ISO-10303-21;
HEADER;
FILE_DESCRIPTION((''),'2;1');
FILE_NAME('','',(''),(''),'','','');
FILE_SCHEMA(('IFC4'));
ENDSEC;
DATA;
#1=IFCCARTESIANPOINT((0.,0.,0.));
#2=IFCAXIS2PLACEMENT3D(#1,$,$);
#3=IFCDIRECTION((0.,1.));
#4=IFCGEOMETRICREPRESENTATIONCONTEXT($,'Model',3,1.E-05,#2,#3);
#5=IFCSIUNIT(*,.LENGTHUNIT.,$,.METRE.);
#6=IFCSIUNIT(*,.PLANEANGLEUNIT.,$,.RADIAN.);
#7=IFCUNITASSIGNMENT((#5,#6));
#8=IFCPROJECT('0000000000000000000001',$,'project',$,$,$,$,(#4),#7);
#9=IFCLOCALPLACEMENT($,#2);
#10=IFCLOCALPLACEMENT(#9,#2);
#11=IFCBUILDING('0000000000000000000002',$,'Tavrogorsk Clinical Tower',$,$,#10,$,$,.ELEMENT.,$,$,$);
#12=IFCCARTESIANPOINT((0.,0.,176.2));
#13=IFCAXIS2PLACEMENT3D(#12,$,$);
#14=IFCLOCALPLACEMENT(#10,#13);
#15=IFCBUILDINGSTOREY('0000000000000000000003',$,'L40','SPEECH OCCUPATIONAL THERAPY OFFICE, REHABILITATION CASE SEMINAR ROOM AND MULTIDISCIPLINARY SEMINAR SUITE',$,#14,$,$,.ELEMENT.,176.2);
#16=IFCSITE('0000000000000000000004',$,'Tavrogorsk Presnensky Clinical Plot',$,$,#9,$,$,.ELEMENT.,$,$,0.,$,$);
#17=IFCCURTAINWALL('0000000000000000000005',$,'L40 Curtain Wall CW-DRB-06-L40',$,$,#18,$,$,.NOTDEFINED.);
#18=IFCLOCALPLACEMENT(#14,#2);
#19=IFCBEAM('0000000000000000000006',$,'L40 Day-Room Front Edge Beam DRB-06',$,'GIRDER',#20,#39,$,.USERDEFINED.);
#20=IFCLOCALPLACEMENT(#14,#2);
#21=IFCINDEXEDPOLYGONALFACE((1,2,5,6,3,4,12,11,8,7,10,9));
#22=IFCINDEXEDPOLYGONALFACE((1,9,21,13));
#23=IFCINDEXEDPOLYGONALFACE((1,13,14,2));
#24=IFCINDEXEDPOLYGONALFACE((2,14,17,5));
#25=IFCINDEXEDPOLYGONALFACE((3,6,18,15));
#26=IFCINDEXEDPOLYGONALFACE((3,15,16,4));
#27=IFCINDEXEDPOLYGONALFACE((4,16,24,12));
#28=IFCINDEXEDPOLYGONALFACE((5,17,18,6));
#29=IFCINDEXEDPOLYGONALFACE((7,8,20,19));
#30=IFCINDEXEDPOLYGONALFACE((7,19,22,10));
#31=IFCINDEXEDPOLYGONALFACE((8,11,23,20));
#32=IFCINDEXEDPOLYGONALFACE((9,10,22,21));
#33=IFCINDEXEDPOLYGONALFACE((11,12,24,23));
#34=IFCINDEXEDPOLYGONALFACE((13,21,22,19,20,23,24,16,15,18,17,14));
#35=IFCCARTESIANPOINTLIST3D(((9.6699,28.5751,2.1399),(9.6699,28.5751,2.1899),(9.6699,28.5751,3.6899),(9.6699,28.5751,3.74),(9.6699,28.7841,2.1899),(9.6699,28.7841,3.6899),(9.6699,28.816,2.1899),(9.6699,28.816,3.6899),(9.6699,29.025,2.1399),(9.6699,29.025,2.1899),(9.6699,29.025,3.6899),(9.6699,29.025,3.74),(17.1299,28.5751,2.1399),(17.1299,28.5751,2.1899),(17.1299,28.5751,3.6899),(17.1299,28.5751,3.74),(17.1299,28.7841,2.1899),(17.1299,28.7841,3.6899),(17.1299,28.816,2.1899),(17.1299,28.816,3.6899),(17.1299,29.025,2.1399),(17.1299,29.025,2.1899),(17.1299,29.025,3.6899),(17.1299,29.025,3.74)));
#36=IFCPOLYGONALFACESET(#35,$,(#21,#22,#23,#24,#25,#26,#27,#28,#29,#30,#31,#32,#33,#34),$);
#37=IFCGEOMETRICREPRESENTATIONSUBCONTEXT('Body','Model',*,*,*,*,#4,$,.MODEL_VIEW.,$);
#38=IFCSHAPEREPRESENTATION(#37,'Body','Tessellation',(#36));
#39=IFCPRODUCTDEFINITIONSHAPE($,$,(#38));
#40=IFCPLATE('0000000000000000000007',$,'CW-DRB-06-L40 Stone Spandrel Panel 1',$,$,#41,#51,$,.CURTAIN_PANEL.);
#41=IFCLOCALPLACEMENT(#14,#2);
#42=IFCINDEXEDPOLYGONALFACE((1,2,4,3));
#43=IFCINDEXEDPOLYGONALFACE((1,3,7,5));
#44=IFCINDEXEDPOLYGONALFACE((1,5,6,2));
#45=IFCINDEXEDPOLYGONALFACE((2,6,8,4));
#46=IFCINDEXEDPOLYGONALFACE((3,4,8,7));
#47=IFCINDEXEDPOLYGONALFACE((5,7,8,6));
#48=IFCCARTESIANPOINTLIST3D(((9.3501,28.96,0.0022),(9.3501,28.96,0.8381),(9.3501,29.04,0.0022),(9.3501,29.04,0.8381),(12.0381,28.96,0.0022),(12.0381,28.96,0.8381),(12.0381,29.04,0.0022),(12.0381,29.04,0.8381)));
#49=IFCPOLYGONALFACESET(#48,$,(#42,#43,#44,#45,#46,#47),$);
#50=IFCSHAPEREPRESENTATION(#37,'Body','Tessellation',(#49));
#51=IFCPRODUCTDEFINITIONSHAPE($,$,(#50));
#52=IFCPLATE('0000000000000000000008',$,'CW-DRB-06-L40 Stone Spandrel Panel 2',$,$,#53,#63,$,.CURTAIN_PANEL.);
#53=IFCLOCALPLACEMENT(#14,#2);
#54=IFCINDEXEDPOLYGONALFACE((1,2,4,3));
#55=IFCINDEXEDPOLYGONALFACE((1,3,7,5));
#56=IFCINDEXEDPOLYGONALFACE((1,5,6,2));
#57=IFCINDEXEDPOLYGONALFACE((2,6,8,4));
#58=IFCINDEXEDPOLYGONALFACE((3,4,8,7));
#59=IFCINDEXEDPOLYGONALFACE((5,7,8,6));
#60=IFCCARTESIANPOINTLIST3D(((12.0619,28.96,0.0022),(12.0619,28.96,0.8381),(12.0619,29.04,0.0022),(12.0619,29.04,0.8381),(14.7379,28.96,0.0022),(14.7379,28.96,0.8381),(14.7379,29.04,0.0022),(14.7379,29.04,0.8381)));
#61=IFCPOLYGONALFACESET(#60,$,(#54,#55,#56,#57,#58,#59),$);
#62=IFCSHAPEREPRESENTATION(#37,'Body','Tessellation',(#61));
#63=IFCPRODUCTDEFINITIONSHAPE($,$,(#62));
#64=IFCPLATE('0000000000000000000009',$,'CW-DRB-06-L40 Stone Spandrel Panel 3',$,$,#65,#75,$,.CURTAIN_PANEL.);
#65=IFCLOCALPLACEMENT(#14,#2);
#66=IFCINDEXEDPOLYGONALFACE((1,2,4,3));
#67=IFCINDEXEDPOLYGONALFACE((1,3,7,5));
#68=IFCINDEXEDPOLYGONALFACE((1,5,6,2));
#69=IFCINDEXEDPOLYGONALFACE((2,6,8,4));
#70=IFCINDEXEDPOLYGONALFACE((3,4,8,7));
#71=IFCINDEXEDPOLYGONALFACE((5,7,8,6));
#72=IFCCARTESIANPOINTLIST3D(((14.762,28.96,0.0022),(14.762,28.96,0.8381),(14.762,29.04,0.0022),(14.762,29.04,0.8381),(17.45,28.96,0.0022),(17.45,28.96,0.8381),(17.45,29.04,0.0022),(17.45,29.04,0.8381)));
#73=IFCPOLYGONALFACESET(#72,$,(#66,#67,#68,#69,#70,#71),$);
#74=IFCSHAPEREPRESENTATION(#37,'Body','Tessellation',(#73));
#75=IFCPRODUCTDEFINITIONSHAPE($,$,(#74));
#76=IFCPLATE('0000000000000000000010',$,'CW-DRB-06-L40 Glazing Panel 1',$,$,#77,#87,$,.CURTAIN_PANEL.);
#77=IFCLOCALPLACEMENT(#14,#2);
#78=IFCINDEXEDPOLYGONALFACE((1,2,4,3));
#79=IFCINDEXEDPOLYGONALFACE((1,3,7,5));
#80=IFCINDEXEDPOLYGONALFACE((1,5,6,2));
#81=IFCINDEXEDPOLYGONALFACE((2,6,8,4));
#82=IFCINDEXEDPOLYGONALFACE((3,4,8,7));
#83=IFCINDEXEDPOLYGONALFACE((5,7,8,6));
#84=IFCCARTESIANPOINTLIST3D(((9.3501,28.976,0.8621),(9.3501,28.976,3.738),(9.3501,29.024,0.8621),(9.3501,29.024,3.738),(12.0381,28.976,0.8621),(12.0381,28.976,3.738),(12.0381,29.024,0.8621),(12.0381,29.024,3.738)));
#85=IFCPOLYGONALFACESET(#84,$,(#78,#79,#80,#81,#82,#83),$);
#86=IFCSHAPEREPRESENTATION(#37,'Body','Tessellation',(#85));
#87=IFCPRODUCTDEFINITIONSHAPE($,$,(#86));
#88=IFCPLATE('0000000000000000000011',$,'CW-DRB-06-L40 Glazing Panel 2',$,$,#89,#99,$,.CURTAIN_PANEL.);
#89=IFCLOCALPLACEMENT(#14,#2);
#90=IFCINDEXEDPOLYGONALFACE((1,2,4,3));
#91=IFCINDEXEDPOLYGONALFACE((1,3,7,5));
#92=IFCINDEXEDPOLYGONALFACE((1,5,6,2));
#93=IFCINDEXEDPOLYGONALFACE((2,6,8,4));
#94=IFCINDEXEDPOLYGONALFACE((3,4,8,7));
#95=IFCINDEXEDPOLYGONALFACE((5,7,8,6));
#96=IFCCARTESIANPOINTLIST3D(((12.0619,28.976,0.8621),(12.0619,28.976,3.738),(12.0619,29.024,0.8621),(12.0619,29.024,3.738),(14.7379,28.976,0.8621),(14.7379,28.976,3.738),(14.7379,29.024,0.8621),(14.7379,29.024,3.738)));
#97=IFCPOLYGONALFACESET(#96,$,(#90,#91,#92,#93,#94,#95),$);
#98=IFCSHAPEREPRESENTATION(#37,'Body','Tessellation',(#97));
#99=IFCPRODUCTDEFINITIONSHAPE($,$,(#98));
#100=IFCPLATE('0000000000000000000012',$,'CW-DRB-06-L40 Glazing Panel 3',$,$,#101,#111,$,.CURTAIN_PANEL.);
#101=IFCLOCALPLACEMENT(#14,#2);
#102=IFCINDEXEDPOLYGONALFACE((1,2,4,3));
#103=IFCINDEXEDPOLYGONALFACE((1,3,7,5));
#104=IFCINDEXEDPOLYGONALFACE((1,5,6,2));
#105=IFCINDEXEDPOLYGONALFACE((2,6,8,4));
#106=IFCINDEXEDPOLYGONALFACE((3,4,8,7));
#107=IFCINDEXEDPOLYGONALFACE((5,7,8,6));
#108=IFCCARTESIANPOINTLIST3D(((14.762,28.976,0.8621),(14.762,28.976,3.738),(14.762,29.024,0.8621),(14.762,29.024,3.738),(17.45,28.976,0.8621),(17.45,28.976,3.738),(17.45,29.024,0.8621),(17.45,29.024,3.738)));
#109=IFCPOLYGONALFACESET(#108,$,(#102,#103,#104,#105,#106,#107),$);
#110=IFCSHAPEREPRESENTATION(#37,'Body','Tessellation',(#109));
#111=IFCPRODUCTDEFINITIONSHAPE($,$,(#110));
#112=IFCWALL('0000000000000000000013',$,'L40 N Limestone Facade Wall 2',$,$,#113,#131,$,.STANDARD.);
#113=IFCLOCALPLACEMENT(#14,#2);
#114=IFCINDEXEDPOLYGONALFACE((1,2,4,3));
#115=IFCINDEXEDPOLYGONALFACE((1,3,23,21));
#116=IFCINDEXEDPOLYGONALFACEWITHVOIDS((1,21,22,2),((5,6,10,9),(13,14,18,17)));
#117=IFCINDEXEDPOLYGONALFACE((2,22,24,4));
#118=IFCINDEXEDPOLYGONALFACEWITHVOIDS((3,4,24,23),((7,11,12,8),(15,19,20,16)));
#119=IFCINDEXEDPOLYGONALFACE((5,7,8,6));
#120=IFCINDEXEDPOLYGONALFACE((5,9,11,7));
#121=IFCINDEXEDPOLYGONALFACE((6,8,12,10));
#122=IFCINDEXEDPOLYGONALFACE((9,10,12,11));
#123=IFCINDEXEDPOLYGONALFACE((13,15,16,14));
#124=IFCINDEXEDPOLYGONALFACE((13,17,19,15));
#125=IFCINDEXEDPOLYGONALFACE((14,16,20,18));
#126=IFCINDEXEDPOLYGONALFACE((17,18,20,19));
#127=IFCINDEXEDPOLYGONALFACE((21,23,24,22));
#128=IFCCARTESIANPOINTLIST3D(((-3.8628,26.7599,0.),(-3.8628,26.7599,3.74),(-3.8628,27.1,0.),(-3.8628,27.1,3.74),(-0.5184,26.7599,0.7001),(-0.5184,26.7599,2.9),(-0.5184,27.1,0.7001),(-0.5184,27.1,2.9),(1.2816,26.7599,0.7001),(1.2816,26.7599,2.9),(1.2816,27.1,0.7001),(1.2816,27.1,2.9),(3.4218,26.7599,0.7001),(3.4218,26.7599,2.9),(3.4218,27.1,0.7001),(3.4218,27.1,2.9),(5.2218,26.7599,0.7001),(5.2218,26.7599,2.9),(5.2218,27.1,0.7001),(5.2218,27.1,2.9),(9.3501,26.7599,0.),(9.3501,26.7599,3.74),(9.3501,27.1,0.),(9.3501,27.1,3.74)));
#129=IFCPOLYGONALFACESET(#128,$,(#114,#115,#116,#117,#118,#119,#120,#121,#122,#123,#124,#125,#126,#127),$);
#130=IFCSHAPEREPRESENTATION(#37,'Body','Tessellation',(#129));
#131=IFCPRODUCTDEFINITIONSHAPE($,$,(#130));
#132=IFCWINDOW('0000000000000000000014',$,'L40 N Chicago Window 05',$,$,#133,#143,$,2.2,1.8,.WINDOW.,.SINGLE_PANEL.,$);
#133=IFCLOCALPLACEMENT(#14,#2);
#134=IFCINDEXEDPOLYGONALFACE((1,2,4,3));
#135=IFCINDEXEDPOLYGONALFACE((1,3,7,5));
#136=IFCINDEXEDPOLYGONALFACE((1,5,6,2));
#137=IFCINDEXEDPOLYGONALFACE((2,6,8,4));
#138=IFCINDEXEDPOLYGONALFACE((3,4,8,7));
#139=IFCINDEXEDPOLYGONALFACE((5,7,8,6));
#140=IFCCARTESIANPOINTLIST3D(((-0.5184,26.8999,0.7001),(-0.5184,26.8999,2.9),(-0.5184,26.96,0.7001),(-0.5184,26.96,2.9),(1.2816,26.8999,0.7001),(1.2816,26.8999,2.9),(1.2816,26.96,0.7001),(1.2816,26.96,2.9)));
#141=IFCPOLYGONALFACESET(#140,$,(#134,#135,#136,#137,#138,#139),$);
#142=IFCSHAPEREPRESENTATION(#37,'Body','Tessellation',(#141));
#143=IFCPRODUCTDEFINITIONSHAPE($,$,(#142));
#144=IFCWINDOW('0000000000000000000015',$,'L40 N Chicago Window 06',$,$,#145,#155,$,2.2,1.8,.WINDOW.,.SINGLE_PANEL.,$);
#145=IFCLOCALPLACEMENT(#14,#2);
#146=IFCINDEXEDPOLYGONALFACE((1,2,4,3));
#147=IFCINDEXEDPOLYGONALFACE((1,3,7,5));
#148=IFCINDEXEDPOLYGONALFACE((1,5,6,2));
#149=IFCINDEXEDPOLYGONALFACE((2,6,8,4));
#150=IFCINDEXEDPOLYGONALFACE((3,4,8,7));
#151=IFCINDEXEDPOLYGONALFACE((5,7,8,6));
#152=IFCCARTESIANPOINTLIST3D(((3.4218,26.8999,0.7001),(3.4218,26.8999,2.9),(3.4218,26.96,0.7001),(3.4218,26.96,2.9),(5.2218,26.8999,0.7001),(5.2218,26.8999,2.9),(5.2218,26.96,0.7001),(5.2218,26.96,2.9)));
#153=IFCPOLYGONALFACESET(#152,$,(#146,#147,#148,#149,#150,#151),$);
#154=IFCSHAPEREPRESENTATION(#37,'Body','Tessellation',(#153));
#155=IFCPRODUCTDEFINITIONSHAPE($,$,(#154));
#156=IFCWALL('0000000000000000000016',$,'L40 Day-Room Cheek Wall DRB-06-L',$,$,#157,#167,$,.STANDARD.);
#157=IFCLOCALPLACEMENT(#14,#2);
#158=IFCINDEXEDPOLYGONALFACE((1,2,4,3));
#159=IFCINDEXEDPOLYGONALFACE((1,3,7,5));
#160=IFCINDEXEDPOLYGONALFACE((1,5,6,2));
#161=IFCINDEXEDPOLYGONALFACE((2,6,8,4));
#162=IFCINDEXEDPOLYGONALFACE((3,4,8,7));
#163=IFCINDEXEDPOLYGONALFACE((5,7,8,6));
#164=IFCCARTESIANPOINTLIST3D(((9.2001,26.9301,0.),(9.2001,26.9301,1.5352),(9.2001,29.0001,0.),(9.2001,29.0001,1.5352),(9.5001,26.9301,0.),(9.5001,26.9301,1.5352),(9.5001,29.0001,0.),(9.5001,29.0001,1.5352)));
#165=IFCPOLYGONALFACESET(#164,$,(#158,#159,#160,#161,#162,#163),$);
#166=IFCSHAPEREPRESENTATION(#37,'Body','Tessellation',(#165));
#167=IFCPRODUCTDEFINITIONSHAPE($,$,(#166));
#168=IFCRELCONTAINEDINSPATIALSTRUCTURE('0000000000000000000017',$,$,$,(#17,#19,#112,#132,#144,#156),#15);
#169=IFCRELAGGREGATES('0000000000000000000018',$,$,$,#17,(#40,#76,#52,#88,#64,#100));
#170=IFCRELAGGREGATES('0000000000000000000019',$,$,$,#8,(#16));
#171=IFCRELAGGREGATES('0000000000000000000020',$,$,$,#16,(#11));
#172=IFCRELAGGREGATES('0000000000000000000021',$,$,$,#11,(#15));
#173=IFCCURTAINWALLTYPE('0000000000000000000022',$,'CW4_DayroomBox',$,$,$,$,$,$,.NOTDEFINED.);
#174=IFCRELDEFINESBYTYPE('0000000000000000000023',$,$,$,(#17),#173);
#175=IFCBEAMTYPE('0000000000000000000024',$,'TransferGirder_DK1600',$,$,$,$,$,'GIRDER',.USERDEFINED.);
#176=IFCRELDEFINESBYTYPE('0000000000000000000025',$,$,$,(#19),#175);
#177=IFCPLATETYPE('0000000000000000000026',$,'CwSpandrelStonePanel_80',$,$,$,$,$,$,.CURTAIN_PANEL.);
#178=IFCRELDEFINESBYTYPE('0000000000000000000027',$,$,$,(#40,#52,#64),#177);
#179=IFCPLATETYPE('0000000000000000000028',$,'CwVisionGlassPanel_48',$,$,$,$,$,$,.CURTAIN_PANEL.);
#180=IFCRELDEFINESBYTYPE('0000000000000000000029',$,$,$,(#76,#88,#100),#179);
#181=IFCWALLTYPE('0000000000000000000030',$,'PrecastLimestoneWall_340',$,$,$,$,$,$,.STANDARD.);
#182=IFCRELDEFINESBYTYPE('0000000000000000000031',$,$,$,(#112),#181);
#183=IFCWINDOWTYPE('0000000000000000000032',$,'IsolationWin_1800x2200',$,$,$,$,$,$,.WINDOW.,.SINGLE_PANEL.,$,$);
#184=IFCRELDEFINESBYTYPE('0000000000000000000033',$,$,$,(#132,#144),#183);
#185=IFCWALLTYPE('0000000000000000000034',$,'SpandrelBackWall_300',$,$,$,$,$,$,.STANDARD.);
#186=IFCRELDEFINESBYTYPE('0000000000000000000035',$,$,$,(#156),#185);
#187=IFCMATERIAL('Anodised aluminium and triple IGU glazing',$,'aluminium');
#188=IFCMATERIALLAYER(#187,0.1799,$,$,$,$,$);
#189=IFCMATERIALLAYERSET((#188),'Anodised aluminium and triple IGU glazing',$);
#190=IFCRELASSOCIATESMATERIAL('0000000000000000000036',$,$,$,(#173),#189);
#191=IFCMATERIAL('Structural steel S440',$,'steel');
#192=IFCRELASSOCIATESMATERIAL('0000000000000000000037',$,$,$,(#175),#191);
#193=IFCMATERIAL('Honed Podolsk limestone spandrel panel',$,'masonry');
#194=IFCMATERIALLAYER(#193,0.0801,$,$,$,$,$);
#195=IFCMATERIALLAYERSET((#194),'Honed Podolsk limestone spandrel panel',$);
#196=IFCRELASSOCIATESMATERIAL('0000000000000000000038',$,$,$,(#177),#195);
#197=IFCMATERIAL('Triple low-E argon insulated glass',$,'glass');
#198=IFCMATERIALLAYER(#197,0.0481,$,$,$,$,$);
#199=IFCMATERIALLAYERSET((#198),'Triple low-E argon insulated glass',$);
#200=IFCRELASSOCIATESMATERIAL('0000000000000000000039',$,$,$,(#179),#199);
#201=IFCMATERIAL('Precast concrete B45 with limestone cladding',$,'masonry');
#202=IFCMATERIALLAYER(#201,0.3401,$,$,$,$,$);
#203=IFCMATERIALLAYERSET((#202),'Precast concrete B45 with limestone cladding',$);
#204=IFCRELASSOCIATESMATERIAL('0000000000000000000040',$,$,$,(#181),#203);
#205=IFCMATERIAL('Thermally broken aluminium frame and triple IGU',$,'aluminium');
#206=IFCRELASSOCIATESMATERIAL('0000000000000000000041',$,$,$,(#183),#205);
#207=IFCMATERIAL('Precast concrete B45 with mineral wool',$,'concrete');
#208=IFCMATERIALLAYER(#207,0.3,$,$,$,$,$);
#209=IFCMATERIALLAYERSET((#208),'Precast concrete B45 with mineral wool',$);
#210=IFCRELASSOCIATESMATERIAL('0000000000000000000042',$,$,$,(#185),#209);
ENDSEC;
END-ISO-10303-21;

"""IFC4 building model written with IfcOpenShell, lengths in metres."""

from ifc_helpers import new_model, si_unit, direction, frame, frame_2d, origin, origin_2d, place, context, subcontext, project, spatial, rectangle, i_section, extrude, material, layer, layer_set, material_profile, profile_set, type_object, element, fill, aggregate, save


model = new_model("IFC4")

# Units and contexts
model_context = context("Model", 3, precision=1e-05, world=origin(), true_north=direction((0.0, 1.0)))
body_context = subcontext(model_context, "Body", "Model", "MODEL_VIEW")
ifc_project = project(units=[si_unit("LENGTHUNIT", "METRE"), si_unit("PLANEANGLEUNIT", "RADIAN")], contexts=[model_context])

# Site, building, storey
site_placement = place(None, origin())
site = spatial("IfcSite", under=ifc_project, at=site_placement, Name="Tavrogorsk Presnensky Clinical Plot", CompositionType="ELEMENT", RefElevation=0.0)
building_placement = place(site_placement, origin())
building = spatial("IfcBuilding", under=site, at=building_placement, Name="Tavrogorsk Clinical Tower", CompositionType="ELEMENT")
storey_placement = place(building_placement, frame((0.0, 0.0, 176.2)))
storey = spatial("IfcBuildingStorey", under=building, at=storey_placement, Name="L40", Description="SPEECH OCCUPATIONAL THERAPY OFFICE, REHABILITATION CASE SEMINAR ROOM AND MULTIDISCIPLINARY SEMINAR SUITE", CompositionType="ELEMENT", Elevation=176.2)

# Curtain wall
ifc_material_1 = material(Name="Anodised aluminium and triple IGU glazing", Category="aluminium")
ifc_layer_1 = layer(ifc_material_1, 0.1799)
ifc_layer_set_1 = layer_set([ifc_layer_1], Name="Anodised aluminium and triple IGU glazing")
curtain_wall_type = type_object("IfcCurtainWallType", Name="CW4_DayroomBox", PredefinedType="NOTDEFINED", material=ifc_layer_set_1)
curtain_wall_placement = place(storey_placement, origin())
curtain_wall = element("IfcCurtainWall", 1, at=curtain_wall_placement, inside=storey, type_object=curtain_wall_type, Name="L40 Curtain Wall CW-DRB-06-L40", PredefinedType="NOTDEFINED")

# Beam
ifc_material_2 = material(Name="Structural steel S440", Category="steel")
ifc_material_profile_1 = material_profile(ifc_material_2, i_section(OverallWidth=0.45, OverallDepth=1.6001, WebThickness=0.032, FlangeThickness=0.05, at=origin_2d()), Name="DK-1600x450x32x50")
ifc_profile_set_1 = profile_set([ifc_material_profile_1], Name="Structural steel S440")
beam_type_1 = type_object("IfcBeamType", Name="TransferGirder_DK1600", ElementType="GIRDER", PredefinedType="USERDEFINED", material=ifc_profile_set_1)
beam_1_placement = place(storey_placement, frame((9.6699, 28.8, 2.9399), z_axis=(1.0, 0.0, 0.0), x_axis=(0.0, 1.0, 0.0)))
element("IfcBeam", 2, at=beam_1_placement, inside=storey, type_object=beam_type_1, Name="L40 Day-Room Front Edge Beam DRB-06", ObjectType="GIRDER", PredefinedType="USERDEFINED", context=body_context, shape_type="SweptSolid", body=[
    extrude(i_section(OverallWidth=0.45, OverallDepth=1.6001, WebThickness=0.032, FlangeThickness=0.05, at=origin_2d()), origin(), (0.0, 0.0, 1.0), 7.46),
])

# Plates
ifc_material_3 = material(Name="Honed Podolsk limestone spandrel panel", Category="masonry")
ifc_layer_2 = layer(ifc_material_3, 0.0801)
ifc_layer_set_2 = layer_set([ifc_layer_2], Name="Honed Podolsk limestone spandrel panel")
plate_type_1 = type_object("IfcPlateType", Name="CwSpandrelStonePanel_80", PredefinedType="CURTAIN_PANEL", material=ifc_layer_set_2)
plate_1_placement = place(storey_placement, frame((10.6941, 29.0, 0.0022), z_axis=(0.0, 0.0, 1.0), x_axis=(1.0, 0.0, 0.0)))
plate_1 = element("IfcPlate", 3, at=plate_1_placement, type_object=plate_type_1, Name="CW-DRB-06-L40 Stone Spandrel Panel 1", PredefinedType="CURTAIN_PANEL", context=body_context, shape_type="SweptSolid", body=[
    extrude(rectangle(XDim=2.688, YDim=0.0801, at=origin_2d()), origin(), (0.0, 0.0, 1.0), 0.8359),
])
plate_2_placement = place(storey_placement, frame((13.3999, 29.0, 0.0022), z_axis=(0.0, 0.0, 1.0), x_axis=(1.0, 0.0, 0.0)))
plate_2 = element("IfcPlate", 4, at=plate_2_placement, type_object=plate_type_1, Name="CW-DRB-06-L40 Stone Spandrel Panel 2", PredefinedType="CURTAIN_PANEL", context=body_context, shape_type="SweptSolid", body=[
    extrude(rectangle(XDim=2.676, YDim=0.0801, at=origin_2d()), origin(), (0.0, 0.0, 1.0), 0.8359),
])
plate_3_placement = place(storey_placement, frame((16.106, 29.0, 0.0022), z_axis=(0.0, 0.0, 1.0), x_axis=(1.0, 0.0, 0.0)))
plate_3 = element("IfcPlate", 5, at=plate_3_placement, type_object=plate_type_1, Name="CW-DRB-06-L40 Stone Spandrel Panel 3", PredefinedType="CURTAIN_PANEL", context=body_context, shape_type="SweptSolid", body=[
    extrude(rectangle(XDim=2.688, YDim=0.0801, at=origin_2d()), origin(), (0.0, 0.0, 1.0), 0.8359),
])
ifc_material_4 = material(Name="Triple low-E argon insulated glass", Category="glass")
ifc_layer_3 = layer(ifc_material_4, 0.0481)
ifc_layer_set_3 = layer_set([ifc_layer_3], Name="Triple low-E argon insulated glass")
plate_type_2 = type_object("IfcPlateType", Name="CwVisionGlassPanel_48", PredefinedType="CURTAIN_PANEL", material=ifc_layer_set_3)
plate_4_placement = place(storey_placement, frame((10.6941, 29.0, 0.8621), z_axis=(0.0, 0.0, 1.0), x_axis=(1.0, 0.0, 0.0)))
plate_4 = element("IfcPlate", 6, at=plate_4_placement, type_object=plate_type_2, Name="CW-DRB-06-L40 Glazing Panel 1", PredefinedType="CURTAIN_PANEL", context=body_context, shape_type="SweptSolid", body=[
    extrude(rectangle(XDim=2.688, YDim=0.0481, at=origin_2d()), origin(), (0.0, 0.0, 1.0), 2.876),
])
plate_5_placement = place(storey_placement, frame((13.3999, 29.0, 0.8621), z_axis=(0.0, 0.0, 1.0), x_axis=(1.0, 0.0, 0.0)))
plate_5 = element("IfcPlate", 7, at=plate_5_placement, type_object=plate_type_2, Name="CW-DRB-06-L40 Glazing Panel 2", PredefinedType="CURTAIN_PANEL", context=body_context, shape_type="SweptSolid", body=[
    extrude(rectangle(XDim=2.676, YDim=0.0481, at=origin_2d()), origin(), (0.0, 0.0, 1.0), 2.876),
])
plate_6_placement = place(storey_placement, frame((16.106, 29.0, 0.8621), z_axis=(0.0, 0.0, 1.0), x_axis=(1.0, 0.0, 0.0)))
plate_6 = element("IfcPlate", 8, at=plate_6_placement, type_object=plate_type_2, Name="CW-DRB-06-L40 Glazing Panel 3", PredefinedType="CURTAIN_PANEL", context=body_context, shape_type="SweptSolid", body=[
    extrude(rectangle(XDim=2.688, YDim=0.0481, at=origin_2d()), origin(), (0.0, 0.0, 1.0), 2.876),
])
aggregate(curtain_wall, [plate_1, plate_4, plate_2, plate_5, plate_3, plate_6])

# Wall, openings, windows
ifc_material_5 = material(Name="Precast concrete B45 with limestone cladding", Category="masonry")
ifc_layer_4 = layer(ifc_material_5, 0.3401)
ifc_layer_set_4 = layer_set([ifc_layer_4], Name="Precast concrete B45 with limestone cladding")
wall_type_1 = type_object("IfcWallType", Name="PrecastLimestoneWall_340", PredefinedType="STANDARD", material=ifc_layer_set_4)
wall_1_placement = place(storey_placement, frame((9.3501, 26.9299, 0.0), z_axis=(0.0, 0.0, 1.0), x_axis=(-1.0, 0.0, 0.0)))
wall_1 = element("IfcWall", 9, at=wall_1_placement, inside=storey, type_object=wall_type_1, Name="L40 N Limestone Facade Wall 2", PredefinedType="STANDARD", context=body_context, shape_type="SweptSolid", body=[
    extrude(rectangle(XDim=13.2129, YDim=0.3401, at=frame_2d((6.6064, 0.0))), origin(), (0.0, 0.0, 1.0), 3.74),
])
opening_1_placement = place(wall_1_placement, frame((8.0686, 0.0, 0.7)))
opening_1 = element("IfcOpeningElement", 10, at=opening_1_placement, cuts=wall_1, PredefinedType="OPENING", context=body_context, shape_type="SweptSolid", body=[
    extrude(rectangle(XDim=1.8, YDim=2.2, at=frame_2d((0.8999, 1.1001))), frame((0.0, 0.1799, 0.0), z_axis=(0.0, -1.0, 0.0), x_axis=(1.0, 0.0, 0.0)), (0.0, 0.0, 1.0), 0.3601),
])
opening_2_placement = place(wall_1_placement, frame((4.1284, 0.0, 0.7)))
opening_2 = element("IfcOpeningElement", 11, at=opening_2_placement, cuts=wall_1, PredefinedType="OPENING", context=body_context, shape_type="SweptSolid", body=[
    extrude(rectangle(XDim=1.8, YDim=2.2, at=frame_2d((0.8999, 1.1001))), frame((0.0, 0.1799, 0.0), z_axis=(0.0, -1.0, 0.0), x_axis=(1.0, 0.0, 0.0)), (0.0, 0.0, 1.0), 0.3601),
])
ifc_material_6 = material(Name="Thermally broken aluminium frame and triple IGU", Category="aluminium")
window_type = type_object("IfcWindowType", Name="IsolationWin_1800x2200", PartitioningType="SINGLE_PANEL", PredefinedType="WINDOW", material=ifc_material_6)
window_1_placement = place(opening_1_placement, origin())
window_1 = element("IfcWindow", 12, at=window_1_placement, inside=storey, type_object=window_type, Name="L40 N Chicago Window 05", OverallHeight=2.2, OverallWidth=1.8, PartitioningType="SINGLE_PANEL", PredefinedType="WINDOW", context=body_context, shape_type="SweptSolid", body=[
    extrude(rectangle(XDim=1.8, YDim=2.2, at=frame_2d((0.8999, 1.1001))), frame((0.0, 0.03, 0.0), z_axis=(0.0, -1.0, 0.0), x_axis=(1.0, 0.0, 0.0)), (0.0, 0.0, 1.0), 0.0601),
])
fill(opening_1, window_1)
window_2_placement = place(opening_2_placement, origin())
window_2 = element("IfcWindow", 13, at=window_2_placement, inside=storey, type_object=window_type, Name="L40 N Chicago Window 06", OverallHeight=2.2, OverallWidth=1.8, PartitioningType="SINGLE_PANEL", PredefinedType="WINDOW", context=body_context, shape_type="SweptSolid", body=[
    extrude(rectangle(XDim=1.8, YDim=2.2, at=frame_2d((0.8999, 1.1001))), frame((0.0, 0.03, 0.0), z_axis=(0.0, -1.0, 0.0), x_axis=(1.0, 0.0, 0.0)), (0.0, 0.0, 1.0), 0.0601),
])
fill(opening_2, window_2)

# Wall
ifc_material_7 = material(Name="Precast concrete B45 with mineral wool", Category="concrete")
ifc_layer_5 = layer(ifc_material_7, 0.3)
ifc_layer_set_5 = layer_set([ifc_layer_5], Name="Precast concrete B45 with mineral wool")
wall_type_2 = type_object("IfcWallType", Name="SpandrelBackWall_300", PredefinedType="STANDARD", material=ifc_layer_set_5)
wall_2_placement = place(storey_placement, frame((9.3501, 26.9299, 0.0), z_axis=(0.0, 0.0, 1.0), x_axis=(0.0, 1.0, 0.0)))
element("IfcWall", 14, at=wall_2_placement, inside=storey, type_object=wall_type_2, Name="L40 Day-Room Cheek Wall DRB-06-L", PredefinedType="STANDARD", context=body_context, shape_type="SweptSolid", body=[
    extrude(rectangle(XDim=2.0701, YDim=0.3, at=frame_2d((1.0352, 0.0))), origin(), (0.0, 0.0, 1.0), 1.5352),
])

save(model, "model.ifc")
